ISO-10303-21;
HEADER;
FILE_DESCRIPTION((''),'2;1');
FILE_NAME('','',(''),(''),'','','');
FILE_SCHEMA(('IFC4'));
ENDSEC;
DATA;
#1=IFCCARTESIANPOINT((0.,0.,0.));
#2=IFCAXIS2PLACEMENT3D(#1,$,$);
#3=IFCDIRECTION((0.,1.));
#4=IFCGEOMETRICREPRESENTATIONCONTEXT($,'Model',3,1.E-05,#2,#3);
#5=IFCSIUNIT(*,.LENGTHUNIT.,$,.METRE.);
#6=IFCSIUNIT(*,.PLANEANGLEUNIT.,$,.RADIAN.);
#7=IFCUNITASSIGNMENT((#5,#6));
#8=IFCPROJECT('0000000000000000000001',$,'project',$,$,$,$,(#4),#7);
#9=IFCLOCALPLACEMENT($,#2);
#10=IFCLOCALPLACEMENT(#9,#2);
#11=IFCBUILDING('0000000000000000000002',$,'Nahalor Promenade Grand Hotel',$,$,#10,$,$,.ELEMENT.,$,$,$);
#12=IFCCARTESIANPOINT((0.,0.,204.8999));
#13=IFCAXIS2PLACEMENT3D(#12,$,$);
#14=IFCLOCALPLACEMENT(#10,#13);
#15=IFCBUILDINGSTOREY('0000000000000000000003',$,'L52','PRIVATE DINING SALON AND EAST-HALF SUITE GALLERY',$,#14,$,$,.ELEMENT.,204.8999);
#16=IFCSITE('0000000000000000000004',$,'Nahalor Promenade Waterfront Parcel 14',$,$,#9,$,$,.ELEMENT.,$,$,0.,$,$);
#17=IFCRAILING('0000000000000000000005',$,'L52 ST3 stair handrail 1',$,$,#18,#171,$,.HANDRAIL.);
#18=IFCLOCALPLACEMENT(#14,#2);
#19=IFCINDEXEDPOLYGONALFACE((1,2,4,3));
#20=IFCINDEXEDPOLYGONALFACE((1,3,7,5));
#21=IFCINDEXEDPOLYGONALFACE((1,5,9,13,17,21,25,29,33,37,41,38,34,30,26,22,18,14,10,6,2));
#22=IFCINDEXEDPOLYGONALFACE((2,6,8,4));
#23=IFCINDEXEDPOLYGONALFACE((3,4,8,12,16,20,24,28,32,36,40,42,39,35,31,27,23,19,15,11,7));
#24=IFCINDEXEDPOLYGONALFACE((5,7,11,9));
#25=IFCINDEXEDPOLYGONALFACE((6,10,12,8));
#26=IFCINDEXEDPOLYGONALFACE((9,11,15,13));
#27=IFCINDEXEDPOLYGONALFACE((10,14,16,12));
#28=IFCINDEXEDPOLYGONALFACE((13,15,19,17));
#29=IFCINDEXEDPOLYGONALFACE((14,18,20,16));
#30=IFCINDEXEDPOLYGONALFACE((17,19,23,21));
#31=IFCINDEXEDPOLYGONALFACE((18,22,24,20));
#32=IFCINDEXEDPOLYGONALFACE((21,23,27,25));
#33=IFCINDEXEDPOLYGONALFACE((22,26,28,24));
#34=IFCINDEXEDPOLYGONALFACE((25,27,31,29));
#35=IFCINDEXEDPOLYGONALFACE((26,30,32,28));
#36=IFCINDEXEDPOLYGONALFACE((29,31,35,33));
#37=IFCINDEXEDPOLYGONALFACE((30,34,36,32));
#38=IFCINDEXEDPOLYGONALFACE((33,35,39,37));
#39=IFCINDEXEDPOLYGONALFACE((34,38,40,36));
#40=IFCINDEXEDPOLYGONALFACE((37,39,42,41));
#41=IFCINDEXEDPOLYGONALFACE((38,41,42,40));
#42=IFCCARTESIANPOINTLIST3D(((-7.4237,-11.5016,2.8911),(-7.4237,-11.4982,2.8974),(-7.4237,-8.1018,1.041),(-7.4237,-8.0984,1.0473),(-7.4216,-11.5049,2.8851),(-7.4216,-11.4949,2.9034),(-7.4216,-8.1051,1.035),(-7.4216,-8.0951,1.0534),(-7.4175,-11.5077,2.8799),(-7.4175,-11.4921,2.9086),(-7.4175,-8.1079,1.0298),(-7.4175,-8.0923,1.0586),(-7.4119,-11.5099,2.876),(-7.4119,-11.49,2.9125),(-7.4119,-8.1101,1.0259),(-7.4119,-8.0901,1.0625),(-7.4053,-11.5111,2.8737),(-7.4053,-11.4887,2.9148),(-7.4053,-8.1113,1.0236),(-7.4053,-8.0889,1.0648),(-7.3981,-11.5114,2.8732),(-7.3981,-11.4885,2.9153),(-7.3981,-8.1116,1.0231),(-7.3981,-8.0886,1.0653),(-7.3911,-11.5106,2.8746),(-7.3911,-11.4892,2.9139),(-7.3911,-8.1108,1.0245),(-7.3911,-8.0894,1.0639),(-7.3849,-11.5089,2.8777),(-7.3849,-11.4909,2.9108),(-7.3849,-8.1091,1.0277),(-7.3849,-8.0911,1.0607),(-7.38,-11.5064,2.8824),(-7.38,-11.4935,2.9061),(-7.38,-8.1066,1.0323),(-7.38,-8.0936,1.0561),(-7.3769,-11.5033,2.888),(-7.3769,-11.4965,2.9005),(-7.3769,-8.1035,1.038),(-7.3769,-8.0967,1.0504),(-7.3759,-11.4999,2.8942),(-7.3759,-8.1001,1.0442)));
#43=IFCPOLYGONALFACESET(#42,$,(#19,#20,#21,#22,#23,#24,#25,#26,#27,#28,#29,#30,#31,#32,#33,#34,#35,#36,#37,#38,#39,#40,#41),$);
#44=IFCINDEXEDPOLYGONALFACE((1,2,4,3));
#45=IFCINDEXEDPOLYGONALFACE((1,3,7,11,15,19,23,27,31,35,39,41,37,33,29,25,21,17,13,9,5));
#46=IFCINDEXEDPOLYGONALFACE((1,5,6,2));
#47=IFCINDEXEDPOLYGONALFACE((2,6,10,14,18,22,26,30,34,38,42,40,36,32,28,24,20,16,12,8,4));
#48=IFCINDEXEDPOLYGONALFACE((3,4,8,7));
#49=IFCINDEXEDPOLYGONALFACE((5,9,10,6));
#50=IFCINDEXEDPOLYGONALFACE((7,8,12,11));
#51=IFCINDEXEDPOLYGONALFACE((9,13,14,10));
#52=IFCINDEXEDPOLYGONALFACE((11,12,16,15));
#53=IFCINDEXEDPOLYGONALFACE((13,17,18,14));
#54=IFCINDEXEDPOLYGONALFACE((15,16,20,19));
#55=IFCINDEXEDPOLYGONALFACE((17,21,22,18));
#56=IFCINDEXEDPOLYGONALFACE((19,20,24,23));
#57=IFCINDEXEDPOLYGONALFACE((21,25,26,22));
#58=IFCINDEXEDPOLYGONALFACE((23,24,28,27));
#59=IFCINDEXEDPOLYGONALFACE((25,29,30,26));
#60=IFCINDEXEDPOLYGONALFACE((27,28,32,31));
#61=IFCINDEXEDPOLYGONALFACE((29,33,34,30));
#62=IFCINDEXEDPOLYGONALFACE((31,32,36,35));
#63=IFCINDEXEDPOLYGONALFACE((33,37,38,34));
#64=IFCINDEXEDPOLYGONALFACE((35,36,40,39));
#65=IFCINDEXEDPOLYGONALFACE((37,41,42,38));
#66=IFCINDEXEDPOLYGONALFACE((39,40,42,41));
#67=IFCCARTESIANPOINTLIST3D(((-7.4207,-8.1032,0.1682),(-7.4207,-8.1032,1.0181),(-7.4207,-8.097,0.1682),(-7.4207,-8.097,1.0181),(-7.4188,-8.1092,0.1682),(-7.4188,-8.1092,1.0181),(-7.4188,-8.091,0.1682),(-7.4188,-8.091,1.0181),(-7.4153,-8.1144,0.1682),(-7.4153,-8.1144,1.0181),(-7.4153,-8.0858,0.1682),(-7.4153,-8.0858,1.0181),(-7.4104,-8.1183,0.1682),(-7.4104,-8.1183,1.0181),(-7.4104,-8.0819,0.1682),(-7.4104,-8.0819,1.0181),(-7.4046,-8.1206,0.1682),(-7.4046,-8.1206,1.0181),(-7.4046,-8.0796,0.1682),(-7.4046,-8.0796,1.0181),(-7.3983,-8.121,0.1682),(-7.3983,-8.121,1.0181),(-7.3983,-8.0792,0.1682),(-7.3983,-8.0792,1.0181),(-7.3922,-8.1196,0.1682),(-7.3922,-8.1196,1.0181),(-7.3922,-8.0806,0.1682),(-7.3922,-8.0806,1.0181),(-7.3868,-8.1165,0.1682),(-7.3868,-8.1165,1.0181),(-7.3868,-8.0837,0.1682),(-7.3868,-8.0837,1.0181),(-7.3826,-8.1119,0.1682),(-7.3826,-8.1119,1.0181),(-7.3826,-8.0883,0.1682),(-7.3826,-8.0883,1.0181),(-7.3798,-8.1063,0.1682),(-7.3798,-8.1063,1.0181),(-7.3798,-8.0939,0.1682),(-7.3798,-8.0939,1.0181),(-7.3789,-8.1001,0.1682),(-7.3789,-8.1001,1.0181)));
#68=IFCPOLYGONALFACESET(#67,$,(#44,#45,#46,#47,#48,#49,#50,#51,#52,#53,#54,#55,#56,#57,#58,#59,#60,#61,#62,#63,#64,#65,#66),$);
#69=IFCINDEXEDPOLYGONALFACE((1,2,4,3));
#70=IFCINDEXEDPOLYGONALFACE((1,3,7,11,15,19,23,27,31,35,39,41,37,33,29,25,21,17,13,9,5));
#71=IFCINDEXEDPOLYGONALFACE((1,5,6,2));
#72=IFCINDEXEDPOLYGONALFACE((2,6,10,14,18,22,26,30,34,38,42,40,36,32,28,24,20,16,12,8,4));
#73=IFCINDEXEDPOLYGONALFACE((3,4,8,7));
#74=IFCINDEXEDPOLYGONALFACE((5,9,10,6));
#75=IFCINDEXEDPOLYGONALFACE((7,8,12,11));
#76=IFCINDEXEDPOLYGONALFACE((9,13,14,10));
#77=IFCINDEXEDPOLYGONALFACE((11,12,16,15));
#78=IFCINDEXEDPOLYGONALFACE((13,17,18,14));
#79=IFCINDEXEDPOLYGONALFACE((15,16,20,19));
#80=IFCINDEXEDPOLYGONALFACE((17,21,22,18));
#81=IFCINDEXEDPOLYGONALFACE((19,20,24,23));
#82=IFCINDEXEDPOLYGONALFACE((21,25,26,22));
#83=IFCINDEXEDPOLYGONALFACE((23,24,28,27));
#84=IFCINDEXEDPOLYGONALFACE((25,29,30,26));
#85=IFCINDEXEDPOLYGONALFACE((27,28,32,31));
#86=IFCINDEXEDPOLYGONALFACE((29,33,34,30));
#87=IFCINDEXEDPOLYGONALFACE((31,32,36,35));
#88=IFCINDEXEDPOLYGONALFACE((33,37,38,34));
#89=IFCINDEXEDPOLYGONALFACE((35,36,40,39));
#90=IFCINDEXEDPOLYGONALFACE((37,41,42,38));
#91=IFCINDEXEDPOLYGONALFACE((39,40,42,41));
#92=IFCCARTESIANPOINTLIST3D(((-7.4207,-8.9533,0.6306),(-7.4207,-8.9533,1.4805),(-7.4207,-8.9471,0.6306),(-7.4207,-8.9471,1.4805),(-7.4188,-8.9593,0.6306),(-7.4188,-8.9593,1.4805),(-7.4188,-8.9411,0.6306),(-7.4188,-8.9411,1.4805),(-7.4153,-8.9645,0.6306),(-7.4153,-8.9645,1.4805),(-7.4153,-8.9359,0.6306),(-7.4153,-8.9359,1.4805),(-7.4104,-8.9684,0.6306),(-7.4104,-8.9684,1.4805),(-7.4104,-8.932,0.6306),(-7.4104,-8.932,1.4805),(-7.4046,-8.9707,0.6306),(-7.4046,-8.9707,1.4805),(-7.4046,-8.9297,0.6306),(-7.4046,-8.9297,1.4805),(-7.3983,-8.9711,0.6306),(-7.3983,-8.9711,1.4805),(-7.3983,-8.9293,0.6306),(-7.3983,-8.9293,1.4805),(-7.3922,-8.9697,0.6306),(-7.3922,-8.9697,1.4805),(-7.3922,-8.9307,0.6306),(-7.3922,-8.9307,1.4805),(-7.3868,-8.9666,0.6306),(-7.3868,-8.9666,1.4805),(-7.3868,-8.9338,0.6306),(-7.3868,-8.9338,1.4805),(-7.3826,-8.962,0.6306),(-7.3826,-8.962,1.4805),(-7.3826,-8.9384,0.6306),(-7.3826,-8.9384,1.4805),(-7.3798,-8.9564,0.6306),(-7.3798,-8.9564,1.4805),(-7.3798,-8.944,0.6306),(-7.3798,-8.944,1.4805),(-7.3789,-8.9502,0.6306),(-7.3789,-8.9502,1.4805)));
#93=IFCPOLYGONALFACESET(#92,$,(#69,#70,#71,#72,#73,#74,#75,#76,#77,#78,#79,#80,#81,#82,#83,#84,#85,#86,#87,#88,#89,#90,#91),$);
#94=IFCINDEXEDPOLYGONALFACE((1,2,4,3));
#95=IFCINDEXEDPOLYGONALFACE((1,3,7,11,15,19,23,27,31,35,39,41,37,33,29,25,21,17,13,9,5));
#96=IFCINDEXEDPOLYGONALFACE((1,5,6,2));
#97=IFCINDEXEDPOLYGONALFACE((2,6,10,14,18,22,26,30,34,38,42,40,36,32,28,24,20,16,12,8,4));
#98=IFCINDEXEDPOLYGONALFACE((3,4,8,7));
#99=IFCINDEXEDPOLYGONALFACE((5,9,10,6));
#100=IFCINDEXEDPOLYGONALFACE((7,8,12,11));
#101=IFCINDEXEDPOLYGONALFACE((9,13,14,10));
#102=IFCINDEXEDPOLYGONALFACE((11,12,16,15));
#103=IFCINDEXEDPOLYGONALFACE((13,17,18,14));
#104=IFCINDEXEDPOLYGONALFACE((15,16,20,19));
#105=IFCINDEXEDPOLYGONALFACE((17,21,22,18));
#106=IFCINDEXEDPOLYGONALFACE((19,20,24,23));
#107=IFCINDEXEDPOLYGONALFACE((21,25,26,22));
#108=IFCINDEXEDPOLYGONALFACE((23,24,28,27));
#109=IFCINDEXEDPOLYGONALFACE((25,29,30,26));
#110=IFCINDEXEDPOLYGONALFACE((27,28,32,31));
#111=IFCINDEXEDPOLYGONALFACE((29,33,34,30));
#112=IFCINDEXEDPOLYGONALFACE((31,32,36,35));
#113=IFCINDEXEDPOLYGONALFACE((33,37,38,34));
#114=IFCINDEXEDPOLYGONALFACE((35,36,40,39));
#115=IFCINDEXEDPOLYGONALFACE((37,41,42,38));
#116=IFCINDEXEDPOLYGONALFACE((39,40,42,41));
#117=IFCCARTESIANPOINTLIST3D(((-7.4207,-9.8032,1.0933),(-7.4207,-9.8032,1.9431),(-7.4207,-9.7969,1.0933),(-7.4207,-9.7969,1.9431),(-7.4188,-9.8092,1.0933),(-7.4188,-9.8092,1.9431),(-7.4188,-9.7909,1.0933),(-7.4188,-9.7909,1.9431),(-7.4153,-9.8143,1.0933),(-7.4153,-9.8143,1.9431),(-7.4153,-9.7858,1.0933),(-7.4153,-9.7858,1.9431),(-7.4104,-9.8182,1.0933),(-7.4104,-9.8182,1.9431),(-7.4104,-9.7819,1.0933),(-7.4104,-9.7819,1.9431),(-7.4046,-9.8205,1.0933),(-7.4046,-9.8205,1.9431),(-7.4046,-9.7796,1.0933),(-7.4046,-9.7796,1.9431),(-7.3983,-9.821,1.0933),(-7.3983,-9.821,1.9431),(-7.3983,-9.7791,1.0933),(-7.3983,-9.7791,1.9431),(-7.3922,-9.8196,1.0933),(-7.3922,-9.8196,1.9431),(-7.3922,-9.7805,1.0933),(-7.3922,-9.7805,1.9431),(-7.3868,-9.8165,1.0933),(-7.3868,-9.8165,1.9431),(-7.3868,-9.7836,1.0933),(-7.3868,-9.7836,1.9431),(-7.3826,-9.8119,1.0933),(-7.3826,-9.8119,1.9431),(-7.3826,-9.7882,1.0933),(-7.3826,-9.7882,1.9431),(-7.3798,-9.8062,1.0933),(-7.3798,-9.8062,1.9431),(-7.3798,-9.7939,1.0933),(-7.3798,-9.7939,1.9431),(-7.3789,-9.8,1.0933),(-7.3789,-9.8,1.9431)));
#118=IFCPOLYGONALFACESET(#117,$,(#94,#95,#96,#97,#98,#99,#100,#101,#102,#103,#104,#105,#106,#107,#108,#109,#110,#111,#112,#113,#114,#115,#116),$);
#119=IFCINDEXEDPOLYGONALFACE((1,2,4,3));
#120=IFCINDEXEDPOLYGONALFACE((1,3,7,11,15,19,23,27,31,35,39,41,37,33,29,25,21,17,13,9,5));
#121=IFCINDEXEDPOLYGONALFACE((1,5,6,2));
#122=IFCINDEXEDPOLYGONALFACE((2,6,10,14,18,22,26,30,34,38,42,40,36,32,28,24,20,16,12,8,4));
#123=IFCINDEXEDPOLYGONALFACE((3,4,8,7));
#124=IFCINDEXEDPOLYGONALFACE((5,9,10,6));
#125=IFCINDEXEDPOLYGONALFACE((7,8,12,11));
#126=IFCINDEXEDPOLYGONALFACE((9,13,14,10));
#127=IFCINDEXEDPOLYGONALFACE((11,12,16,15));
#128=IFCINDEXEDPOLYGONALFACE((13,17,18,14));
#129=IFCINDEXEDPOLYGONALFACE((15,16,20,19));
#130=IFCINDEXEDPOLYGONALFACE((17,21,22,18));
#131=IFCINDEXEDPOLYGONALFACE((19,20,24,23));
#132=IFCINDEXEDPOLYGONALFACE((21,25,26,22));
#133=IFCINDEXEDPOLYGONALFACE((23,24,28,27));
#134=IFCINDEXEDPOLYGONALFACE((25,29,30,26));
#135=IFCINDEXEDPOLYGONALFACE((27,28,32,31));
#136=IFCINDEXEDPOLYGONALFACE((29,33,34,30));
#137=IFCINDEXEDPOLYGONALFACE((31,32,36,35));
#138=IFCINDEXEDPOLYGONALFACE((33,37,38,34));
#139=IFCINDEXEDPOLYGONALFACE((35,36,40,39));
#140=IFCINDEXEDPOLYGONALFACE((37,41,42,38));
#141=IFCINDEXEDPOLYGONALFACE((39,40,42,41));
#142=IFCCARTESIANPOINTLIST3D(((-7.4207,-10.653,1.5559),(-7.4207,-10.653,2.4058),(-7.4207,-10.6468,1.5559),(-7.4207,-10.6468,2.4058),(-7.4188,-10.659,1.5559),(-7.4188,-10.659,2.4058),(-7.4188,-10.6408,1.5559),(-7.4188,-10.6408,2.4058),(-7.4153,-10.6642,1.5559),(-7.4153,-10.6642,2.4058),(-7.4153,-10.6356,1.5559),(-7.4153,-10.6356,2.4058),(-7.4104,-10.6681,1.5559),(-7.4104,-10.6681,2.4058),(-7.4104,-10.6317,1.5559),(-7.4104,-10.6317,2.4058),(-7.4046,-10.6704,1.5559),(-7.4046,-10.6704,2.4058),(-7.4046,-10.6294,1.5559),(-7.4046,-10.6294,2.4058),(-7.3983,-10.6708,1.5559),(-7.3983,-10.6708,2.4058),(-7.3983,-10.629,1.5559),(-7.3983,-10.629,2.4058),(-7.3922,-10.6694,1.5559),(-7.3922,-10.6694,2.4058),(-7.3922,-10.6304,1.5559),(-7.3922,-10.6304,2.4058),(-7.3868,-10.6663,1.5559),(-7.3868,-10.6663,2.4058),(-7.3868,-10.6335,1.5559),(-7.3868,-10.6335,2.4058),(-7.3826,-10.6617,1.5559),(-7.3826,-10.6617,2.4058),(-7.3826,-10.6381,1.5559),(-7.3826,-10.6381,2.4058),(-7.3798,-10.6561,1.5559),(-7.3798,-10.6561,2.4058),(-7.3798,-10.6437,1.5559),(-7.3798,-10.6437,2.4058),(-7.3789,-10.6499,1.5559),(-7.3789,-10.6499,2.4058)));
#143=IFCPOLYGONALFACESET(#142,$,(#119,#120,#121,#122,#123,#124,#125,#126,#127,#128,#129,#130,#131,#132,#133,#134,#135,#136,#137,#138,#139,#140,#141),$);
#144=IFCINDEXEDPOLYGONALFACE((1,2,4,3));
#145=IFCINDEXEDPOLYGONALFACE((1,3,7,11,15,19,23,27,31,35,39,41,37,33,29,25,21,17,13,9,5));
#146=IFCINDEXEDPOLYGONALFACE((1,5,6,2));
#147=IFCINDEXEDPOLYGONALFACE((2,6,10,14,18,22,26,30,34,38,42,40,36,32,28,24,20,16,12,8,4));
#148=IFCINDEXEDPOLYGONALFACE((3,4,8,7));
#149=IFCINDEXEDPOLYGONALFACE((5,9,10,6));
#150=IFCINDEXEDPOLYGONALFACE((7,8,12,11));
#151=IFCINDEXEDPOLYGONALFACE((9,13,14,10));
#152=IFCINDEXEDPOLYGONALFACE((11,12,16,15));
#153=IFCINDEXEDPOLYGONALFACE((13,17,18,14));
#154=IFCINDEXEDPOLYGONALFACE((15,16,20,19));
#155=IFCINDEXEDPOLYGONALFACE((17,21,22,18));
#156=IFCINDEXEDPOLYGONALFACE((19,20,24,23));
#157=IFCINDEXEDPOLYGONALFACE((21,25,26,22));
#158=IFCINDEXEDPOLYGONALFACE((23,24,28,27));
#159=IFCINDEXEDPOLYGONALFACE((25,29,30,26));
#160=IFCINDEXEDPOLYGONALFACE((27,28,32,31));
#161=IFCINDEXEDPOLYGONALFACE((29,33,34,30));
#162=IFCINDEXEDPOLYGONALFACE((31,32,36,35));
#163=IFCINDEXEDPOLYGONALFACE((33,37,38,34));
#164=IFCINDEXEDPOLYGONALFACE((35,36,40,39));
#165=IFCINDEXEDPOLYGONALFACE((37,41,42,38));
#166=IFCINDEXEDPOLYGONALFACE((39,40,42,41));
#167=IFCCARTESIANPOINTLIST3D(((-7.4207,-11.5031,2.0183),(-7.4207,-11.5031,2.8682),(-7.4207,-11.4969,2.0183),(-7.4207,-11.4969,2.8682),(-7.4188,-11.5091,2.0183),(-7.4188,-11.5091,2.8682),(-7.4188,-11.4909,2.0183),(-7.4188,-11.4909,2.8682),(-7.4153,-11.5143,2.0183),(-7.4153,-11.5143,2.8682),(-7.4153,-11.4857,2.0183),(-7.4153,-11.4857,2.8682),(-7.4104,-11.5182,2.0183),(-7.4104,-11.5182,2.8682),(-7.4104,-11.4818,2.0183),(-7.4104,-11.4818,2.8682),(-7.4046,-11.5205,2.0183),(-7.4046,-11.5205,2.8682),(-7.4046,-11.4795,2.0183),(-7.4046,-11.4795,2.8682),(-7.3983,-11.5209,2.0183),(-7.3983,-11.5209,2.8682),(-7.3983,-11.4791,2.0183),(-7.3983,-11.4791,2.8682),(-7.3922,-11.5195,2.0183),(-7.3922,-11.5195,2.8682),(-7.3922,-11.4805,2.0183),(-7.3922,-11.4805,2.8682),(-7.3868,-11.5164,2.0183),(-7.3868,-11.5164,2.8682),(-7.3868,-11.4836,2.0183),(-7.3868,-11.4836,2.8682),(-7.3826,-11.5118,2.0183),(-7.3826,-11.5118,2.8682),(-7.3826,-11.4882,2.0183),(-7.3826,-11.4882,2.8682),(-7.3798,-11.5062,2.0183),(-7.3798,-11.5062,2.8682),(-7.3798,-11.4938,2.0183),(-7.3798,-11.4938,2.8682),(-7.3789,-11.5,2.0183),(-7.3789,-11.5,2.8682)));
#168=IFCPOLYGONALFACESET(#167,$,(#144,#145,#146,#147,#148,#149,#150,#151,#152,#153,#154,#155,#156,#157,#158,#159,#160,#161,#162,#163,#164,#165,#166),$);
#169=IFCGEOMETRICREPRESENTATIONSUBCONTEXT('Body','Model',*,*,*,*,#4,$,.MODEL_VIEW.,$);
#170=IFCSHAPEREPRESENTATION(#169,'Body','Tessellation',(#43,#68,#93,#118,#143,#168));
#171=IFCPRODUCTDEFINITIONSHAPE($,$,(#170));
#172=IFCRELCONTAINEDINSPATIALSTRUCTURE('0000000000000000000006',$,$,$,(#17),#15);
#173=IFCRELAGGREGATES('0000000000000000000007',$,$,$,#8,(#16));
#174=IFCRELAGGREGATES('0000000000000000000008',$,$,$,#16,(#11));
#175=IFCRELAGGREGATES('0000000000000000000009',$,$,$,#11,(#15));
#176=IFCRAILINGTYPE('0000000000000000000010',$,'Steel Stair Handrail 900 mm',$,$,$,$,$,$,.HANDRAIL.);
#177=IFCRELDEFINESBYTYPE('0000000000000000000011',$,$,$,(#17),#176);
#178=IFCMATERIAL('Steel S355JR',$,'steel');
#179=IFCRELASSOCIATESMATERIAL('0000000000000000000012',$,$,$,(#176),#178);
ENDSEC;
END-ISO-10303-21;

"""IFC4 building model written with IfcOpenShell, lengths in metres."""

from ifc_helpers import new_model, si_unit, direction, frame, origin, origin_2d, place, context, subcontext, project, spatial, circle, extrude, material, type_object, element, save


model = new_model("IFC4")

# Units and contexts
model_context = context("Model", 3, precision=1e-05, world=origin(), true_north=direction((0.0, 1.0)))
body_context = subcontext(model_context, "Body", "Model", "MODEL_VIEW")
ifc_project = project(units=[si_unit("LENGTHUNIT", "METRE"), si_unit("PLANEANGLEUNIT", "RADIAN")], contexts=[model_context])

# Site, building, storey
site_placement = place(None, origin())
site = spatial("IfcSite", under=ifc_project, at=site_placement, Name="Nahalor Promenade Waterfront Parcel 14", CompositionType="ELEMENT", RefElevation=0.0)
building_placement = place(site_placement, origin())
building = spatial("IfcBuilding", under=site, at=building_placement, Name="Nahalor Promenade Grand Hotel", CompositionType="ELEMENT")
storey_placement = place(building_placement, frame((0.0, 0.0, 204.8999)))
storey = spatial("IfcBuildingStorey", under=building, at=storey_placement, Name="L52", Description="PRIVATE DINING SALON AND EAST-HALF SUITE GALLERY", CompositionType="ELEMENT", Elevation=204.8999)

# Shared definitions
ifc_material_1 = material(Name="Steel S355JR", Category="steel")

# Railing
railing_type_1 = type_object("IfcRailingType", Name="Steel Stair Handrail 900 mm", PredefinedType="HANDRAIL", material=ifc_material_1)
railing_1_placement = place(storey_placement, frame((-7.3999, -8.1001, 0.1682)))
element("IfcRailing", 1, at=railing_1_placement, inside=storey, type_object=railing_type_1, Name="L52 ST3 stair handrail 1", PredefinedType="HANDRAIL", context=body_context, shape_type="SweptSolid", body=[
    extrude(circle(Radius=0.024, at=origin_2d()), frame((0.0, 0.0, 0.876), z_axis=(0.0, -0.878372, 0.477977), x_axis=(1.0, 0.0, 0.0)), (0.0, 0.0, 1.0), 3.8706),
    extrude(circle(Radius=0.021, at=origin_2d()), origin(), (0.0, 0.0, 1.0), 0.8499),
    extrude(circle(Radius=0.021, at=origin_2d()), frame((0.0, -0.8501, 0.4624)), (0.0, 0.0, 1.0), 0.8499),
    extrude(circle(Radius=0.021, at=origin_2d()), frame((0.0, -1.7, 0.925)), (0.0, 0.0, 1.0), 0.8499),
    extrude(circle(Radius=0.021, at=origin_2d()), frame((0.0, -2.5498, 1.3877)), (0.0, 0.0, 1.0), 0.8499),
    extrude(circle(Radius=0.021, at=origin_2d()), frame((0.0, -3.3999, 1.8501)), (0.0, 0.0, 1.0), 0.8499),
])

save(model, "model.ifc")
